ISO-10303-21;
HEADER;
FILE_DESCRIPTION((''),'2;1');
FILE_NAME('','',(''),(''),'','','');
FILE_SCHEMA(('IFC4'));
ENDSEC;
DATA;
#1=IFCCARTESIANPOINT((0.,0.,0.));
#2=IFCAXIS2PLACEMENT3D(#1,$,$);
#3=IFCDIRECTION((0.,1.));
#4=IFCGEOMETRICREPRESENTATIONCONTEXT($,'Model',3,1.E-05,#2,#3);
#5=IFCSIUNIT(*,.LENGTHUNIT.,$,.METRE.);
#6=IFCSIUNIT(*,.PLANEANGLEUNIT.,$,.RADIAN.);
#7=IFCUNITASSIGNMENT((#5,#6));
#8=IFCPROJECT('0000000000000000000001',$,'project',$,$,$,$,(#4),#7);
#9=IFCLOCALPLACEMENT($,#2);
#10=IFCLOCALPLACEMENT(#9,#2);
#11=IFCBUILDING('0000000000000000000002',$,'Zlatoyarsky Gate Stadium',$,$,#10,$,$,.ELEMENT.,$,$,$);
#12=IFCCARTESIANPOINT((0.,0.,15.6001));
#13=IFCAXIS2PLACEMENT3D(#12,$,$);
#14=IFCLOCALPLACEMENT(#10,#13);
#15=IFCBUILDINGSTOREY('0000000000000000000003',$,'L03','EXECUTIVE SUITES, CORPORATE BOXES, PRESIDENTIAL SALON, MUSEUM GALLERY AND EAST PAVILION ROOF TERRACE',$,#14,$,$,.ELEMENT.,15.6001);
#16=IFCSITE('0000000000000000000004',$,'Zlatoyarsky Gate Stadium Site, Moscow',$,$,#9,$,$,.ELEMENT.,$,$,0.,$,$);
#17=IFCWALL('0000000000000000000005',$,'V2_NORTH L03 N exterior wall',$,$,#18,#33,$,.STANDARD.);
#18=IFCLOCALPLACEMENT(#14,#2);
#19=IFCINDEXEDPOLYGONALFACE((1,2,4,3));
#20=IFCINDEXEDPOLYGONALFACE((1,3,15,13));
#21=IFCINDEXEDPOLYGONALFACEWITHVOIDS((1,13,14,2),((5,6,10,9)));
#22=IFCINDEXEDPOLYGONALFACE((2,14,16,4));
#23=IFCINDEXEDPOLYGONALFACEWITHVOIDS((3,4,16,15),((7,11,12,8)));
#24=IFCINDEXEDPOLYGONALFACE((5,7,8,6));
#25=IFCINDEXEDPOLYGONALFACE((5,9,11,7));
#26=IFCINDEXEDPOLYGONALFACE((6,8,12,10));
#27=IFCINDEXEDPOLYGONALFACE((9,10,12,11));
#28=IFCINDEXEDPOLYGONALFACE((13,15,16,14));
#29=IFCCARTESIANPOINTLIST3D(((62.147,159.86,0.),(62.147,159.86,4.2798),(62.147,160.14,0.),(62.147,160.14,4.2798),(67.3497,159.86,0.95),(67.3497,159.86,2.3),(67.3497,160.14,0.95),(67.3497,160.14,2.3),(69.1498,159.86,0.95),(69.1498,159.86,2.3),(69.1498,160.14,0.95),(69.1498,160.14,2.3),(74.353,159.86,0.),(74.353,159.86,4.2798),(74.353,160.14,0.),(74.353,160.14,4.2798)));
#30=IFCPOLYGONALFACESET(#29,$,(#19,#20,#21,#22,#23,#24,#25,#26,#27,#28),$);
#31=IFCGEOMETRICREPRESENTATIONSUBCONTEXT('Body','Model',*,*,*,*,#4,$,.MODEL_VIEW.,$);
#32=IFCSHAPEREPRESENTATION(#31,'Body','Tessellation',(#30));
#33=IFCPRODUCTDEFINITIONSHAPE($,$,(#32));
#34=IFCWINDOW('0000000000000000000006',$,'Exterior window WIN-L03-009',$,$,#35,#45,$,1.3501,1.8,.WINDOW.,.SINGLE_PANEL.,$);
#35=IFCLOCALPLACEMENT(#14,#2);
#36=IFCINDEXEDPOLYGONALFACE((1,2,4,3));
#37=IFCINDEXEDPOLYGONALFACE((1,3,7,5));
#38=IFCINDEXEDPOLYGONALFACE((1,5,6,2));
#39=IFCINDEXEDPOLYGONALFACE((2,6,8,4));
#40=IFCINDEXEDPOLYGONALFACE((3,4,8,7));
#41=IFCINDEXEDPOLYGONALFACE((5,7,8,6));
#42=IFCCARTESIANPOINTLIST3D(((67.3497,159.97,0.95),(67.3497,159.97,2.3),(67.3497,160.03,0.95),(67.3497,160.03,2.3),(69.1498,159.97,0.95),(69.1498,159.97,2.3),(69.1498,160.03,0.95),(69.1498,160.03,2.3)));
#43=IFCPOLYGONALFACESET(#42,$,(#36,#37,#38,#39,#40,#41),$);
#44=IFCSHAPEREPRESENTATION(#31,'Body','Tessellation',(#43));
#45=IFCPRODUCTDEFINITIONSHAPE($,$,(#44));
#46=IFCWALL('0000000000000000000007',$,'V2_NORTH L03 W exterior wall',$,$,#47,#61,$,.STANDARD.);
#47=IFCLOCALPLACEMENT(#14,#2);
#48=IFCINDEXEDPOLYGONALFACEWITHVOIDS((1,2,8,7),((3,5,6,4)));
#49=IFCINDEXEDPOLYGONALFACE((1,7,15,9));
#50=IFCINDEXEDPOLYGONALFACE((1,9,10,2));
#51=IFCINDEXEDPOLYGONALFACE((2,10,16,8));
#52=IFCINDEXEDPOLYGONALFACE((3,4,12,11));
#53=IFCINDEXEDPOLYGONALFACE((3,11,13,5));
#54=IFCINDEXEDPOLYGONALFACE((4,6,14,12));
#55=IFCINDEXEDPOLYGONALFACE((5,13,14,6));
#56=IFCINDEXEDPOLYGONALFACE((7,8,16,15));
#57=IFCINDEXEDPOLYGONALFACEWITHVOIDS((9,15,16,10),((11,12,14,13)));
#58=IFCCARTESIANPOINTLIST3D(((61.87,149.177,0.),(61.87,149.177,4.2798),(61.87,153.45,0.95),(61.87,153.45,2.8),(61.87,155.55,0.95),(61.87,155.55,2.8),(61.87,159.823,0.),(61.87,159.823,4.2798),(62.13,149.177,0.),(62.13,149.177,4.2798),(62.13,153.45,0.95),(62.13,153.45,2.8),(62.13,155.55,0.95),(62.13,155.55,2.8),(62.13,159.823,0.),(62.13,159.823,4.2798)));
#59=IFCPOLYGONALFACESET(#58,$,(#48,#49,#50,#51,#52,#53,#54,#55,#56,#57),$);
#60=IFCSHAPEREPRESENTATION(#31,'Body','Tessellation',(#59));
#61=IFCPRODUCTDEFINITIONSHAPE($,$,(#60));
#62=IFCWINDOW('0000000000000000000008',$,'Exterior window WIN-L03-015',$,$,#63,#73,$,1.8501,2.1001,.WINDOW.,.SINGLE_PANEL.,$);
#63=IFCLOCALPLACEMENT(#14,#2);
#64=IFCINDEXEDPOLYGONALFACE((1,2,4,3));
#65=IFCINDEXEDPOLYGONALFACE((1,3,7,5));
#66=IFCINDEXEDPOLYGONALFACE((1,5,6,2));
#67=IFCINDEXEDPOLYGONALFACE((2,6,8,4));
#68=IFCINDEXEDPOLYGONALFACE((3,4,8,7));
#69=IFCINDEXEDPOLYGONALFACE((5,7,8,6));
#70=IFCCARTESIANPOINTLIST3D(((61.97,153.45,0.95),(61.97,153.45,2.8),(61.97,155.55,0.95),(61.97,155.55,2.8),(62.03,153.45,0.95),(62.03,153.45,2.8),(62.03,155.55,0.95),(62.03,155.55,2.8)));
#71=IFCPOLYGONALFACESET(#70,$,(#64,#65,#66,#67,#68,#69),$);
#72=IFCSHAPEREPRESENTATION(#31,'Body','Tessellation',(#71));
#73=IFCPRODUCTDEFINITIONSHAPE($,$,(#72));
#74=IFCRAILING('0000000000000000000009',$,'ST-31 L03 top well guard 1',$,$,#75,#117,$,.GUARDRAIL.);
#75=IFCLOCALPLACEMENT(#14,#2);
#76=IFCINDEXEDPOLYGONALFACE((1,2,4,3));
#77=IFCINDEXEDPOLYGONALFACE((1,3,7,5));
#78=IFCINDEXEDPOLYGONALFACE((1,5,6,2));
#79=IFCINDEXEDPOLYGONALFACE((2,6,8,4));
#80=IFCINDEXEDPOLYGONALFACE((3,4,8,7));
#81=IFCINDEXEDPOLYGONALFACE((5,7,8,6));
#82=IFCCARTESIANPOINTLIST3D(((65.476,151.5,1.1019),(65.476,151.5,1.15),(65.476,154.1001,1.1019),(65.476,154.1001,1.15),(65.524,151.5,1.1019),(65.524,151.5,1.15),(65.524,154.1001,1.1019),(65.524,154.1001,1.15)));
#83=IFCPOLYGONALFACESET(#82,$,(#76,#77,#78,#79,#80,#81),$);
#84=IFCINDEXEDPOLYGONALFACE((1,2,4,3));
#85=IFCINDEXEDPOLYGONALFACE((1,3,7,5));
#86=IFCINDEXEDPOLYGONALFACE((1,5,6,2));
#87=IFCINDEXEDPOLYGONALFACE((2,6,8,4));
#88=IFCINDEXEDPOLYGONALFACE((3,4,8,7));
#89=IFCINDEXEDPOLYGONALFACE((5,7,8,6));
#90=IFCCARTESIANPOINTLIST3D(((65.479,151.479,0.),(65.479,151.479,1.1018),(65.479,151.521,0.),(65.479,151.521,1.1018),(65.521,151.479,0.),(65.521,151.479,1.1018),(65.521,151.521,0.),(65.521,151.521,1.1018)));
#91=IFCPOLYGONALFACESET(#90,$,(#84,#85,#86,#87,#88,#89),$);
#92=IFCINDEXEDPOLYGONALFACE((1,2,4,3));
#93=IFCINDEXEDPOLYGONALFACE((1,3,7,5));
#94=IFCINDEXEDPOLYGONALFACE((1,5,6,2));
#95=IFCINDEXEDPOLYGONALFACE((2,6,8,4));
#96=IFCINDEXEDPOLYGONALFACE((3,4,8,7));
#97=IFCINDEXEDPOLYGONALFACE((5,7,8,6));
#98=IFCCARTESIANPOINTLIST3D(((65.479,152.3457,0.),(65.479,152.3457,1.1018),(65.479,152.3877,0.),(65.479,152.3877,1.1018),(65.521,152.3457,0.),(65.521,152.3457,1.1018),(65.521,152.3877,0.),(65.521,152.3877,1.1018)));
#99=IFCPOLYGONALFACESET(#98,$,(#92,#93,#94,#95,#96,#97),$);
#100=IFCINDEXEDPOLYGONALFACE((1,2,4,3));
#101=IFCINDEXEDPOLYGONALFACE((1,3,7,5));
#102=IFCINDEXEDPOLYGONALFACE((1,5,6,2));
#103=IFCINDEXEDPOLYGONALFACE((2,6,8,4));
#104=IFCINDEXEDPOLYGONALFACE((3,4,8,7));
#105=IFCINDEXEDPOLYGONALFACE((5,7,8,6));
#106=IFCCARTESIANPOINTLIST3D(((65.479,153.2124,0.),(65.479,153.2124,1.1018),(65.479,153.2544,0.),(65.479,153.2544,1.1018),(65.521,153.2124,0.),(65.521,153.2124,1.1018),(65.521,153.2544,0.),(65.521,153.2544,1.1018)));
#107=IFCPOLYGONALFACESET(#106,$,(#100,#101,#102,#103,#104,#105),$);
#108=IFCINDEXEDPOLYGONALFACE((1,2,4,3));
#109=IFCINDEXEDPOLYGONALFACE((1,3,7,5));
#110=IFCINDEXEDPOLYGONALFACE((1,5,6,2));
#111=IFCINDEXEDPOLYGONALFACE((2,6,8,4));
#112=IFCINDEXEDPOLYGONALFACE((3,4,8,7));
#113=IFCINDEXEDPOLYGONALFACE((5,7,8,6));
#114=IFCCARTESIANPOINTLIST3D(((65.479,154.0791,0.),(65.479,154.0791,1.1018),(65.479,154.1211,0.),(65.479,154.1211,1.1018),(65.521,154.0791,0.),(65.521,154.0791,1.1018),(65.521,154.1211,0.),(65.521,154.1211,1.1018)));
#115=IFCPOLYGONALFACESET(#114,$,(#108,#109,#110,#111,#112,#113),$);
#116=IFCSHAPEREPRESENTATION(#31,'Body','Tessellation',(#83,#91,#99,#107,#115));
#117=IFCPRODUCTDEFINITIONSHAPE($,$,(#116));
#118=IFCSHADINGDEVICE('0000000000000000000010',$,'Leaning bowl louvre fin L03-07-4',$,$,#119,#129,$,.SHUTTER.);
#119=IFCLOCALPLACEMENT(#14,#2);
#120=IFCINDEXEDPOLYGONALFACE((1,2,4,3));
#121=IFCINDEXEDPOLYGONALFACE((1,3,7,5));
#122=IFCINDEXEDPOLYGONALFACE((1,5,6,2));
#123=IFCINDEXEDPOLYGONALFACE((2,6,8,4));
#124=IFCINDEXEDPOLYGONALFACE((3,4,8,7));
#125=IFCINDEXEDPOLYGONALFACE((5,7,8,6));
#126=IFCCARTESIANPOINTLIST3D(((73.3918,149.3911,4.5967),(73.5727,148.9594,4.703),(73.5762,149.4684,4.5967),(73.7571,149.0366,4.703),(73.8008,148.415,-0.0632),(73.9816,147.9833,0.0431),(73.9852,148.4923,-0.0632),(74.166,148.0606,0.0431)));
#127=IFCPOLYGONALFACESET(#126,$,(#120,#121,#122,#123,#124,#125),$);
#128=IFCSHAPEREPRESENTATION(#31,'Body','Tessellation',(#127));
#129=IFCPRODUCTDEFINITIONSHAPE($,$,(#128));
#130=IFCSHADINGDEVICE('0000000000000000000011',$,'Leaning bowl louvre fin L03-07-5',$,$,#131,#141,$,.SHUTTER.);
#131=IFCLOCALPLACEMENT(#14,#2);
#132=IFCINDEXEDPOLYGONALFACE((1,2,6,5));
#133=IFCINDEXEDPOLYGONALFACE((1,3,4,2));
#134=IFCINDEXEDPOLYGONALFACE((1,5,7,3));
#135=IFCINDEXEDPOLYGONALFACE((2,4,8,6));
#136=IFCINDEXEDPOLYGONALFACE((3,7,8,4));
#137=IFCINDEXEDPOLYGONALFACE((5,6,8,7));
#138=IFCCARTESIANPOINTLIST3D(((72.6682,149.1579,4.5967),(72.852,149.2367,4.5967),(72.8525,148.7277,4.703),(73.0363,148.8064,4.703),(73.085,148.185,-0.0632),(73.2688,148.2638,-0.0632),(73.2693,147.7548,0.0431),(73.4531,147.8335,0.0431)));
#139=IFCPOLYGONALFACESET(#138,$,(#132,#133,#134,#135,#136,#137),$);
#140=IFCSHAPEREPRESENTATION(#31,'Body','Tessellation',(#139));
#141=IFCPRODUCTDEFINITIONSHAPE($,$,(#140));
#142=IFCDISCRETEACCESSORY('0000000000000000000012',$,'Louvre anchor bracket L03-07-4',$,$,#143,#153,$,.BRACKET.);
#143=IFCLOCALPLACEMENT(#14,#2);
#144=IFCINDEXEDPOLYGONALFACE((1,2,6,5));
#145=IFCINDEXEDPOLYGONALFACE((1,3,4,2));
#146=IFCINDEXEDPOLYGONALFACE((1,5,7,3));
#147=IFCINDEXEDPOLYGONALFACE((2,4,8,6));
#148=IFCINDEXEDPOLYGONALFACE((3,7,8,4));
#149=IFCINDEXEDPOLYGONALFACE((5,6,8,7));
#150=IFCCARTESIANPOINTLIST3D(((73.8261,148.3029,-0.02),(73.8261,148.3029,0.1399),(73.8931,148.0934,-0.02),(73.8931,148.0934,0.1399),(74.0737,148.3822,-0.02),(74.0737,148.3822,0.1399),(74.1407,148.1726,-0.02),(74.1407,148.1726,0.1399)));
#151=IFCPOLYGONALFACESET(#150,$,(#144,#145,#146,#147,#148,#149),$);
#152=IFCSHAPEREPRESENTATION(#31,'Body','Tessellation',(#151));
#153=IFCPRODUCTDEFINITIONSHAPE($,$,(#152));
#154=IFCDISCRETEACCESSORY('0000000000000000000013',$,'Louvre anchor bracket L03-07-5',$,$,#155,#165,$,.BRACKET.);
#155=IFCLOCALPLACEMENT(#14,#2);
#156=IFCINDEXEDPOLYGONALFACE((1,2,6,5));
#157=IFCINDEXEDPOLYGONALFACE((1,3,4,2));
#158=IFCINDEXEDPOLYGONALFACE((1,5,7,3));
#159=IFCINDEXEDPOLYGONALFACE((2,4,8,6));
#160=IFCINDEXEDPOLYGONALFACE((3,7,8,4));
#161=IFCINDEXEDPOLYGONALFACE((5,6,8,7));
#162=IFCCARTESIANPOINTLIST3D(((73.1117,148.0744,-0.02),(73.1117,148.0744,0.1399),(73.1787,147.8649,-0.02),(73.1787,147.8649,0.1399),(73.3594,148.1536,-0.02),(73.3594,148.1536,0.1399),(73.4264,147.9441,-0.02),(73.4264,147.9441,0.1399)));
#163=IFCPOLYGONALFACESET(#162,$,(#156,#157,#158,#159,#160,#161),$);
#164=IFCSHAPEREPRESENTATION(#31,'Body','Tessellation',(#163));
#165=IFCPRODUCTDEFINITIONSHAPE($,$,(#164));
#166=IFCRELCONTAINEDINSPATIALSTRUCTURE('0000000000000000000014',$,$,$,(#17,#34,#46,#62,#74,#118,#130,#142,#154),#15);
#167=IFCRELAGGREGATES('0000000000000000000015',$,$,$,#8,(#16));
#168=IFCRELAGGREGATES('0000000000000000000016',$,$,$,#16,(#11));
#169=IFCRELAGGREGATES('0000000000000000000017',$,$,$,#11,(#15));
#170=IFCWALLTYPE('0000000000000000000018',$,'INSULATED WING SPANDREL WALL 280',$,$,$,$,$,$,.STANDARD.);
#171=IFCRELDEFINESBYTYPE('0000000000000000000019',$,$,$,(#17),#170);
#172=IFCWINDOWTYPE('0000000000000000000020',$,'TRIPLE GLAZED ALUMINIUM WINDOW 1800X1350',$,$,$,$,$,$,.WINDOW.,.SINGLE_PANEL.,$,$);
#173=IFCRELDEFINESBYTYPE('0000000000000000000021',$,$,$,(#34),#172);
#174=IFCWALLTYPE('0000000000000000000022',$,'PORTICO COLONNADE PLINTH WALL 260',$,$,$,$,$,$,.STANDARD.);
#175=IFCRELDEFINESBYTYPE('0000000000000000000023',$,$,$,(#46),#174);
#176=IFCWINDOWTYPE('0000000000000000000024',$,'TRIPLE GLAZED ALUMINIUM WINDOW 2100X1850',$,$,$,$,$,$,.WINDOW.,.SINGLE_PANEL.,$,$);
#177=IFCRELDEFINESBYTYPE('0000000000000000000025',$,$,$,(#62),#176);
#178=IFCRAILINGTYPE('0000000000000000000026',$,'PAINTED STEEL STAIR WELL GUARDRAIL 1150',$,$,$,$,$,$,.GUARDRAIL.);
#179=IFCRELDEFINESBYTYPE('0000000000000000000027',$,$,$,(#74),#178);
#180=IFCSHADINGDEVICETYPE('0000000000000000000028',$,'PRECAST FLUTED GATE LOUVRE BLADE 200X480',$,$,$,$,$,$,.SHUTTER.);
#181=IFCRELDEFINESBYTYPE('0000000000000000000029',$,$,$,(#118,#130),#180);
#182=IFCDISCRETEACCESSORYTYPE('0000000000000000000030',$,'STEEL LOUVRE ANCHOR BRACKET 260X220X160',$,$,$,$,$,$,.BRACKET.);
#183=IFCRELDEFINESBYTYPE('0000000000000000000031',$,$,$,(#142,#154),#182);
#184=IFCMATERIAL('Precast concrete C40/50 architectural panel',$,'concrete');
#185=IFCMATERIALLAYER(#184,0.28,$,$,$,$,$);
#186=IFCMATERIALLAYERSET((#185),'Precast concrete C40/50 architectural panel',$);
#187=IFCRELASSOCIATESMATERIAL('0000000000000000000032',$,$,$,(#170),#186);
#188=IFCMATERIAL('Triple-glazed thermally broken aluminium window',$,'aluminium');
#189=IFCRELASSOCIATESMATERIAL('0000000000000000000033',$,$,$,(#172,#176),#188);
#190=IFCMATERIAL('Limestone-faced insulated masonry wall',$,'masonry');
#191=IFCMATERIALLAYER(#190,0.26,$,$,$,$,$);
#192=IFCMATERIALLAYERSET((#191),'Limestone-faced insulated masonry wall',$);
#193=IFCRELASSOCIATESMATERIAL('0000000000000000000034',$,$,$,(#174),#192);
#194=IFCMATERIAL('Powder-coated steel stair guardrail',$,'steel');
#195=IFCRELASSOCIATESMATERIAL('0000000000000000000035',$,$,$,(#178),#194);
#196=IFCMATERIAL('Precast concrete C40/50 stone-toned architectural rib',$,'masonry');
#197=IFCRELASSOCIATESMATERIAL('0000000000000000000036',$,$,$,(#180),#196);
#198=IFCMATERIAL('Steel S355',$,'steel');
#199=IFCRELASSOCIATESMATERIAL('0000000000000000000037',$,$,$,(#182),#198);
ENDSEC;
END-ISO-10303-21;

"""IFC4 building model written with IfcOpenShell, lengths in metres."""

from ifc_helpers import new_model, si_unit, direction, frame, frame_2d, origin, origin_2d, place, context, subcontext, project, spatial, rectangle, extrude, material, layer, layer_set, material_profile, profile_set, type_object, element, fill, save


model = new_model("IFC4")

# Units and contexts
model_context = context("Model", 3, precision=1e-05, world=origin(), true_north=direction((0.0, 1.0)))
body_context = subcontext(model_context, "Body", "Model", "MODEL_VIEW")
ifc_project = project(units=[si_unit("LENGTHUNIT", "METRE"), si_unit("PLANEANGLEUNIT", "RADIAN")], contexts=[model_context])

# Site, building, storey
site_placement = place(None, origin())
site = spatial("IfcSite", under=ifc_project, at=site_placement, Name="Zlatoyarsky Gate Stadium Site, Moscow", CompositionType="ELEMENT", RefElevation=0.0)
building_placement = place(site_placement, origin())
building = spatial("IfcBuilding", under=site, at=building_placement, Name="Zlatoyarsky Gate Stadium", CompositionType="ELEMENT")
storey_placement = place(building_placement, frame((0.0, 0.0, 15.6001)))
storey = spatial("IfcBuildingStorey", under=building, at=storey_placement, Name="L03", Description="EXECUTIVE SUITES, CORPORATE BOXES, PRESIDENTIAL SALON, MUSEUM GALLERY AND EAST PAVILION ROOF TERRACE", CompositionType="ELEMENT", Elevation=15.6001)

# Shared definitions
ifc_material_1 = material(Name="Steel S355", Category="steel")

# Walls, openings, windows
ifc_material_2 = material(Name="Precast concrete C40/50 architectural panel", Category="concrete")
ifc_layer_1 = layer(ifc_material_2, 0.28)
ifc_layer_set_1 = layer_set([ifc_layer_1], Name="Precast concrete C40/50 architectural panel")
wall_type_1 = type_object("IfcWallType", Name="INSULATED WING SPANDREL WALL 280", PredefinedType="STANDARD", material=ifc_layer_set_1)
wall_1_placement = place(storey_placement, frame((62.147, 160.0, 0.0), z_axis=(0.0, 0.0, 1.0), x_axis=(1.0, 0.0, 0.0)))
wall_1 = element("IfcWall", 1, at=wall_1_placement, inside=storey, type_object=wall_type_1, Name="V2_NORTH L03 N exterior wall", PredefinedType="STANDARD", context=body_context, shape_type="SweptSolid", body=[
    extrude(rectangle(XDim=12.2061, YDim=0.28, at=frame_2d((6.103, 0.0))), origin(), (0.0, 0.0, 1.0), 4.2798),
])
opening_1_placement = place(wall_1_placement, frame((5.2029, 0.0, 0.95)))
opening_1 = element("IfcOpeningElement", 2, at=opening_1_placement, cuts=wall_1, PredefinedType="OPENING", context=body_context, shape_type="SweptSolid", body=[
    extrude(rectangle(XDim=1.8, YDim=1.3501, at=frame_2d((0.8999, 0.675))), frame((0.0, 0.1499, 0.0), z_axis=(0.0, -1.0, 0.0), x_axis=(1.0, 0.0, 0.0)), (0.0, 0.0, 1.0), 0.3),
])
ifc_material_3 = material(Name="Triple-glazed thermally broken aluminium window", Category="aluminium")
window_type_1 = type_object("IfcWindowType", Name="TRIPLE GLAZED ALUMINIUM WINDOW 1800X1350", PartitioningType="SINGLE_PANEL", PredefinedType="WINDOW", material=ifc_material_3)
window_1_placement = place(opening_1_placement, origin())
window_1 = element("IfcWindow", 3, at=window_1_placement, inside=storey, type_object=window_type_1, Name="Exterior window WIN-L03-009", OverallHeight=1.3501, OverallWidth=1.8, PartitioningType="SINGLE_PANEL", PredefinedType="WINDOW", context=body_context, shape_type="SweptSolid", body=[
    extrude(rectangle(XDim=1.8, YDim=1.3501, at=frame_2d((0.8999, 0.675))), frame((0.0, 0.03, 0.0), z_axis=(0.0, -1.0, 0.0), x_axis=(1.0, 0.0, 0.0)), (0.0, 0.0, 1.0), 0.0601),
])
fill(opening_1, window_1)
ifc_material_4 = material(Name="Limestone-faced insulated masonry wall", Category="masonry")
ifc_layer_2 = layer(ifc_material_4, 0.26)
ifc_layer_set_2 = layer_set([ifc_layer_2], Name="Limestone-faced insulated masonry wall")
wall_type_2 = type_object("IfcWallType", Name="PORTICO COLONNADE PLINTH WALL 260", PredefinedType="STANDARD", material=ifc_layer_set_2)
wall_2_placement = place(storey_placement, frame((62.0, 149.177, 0.0), z_axis=(0.0, 0.0, 1.0), x_axis=(0.0, 1.0, 0.0)))
wall_2 = element("IfcWall", 4, at=wall_2_placement, inside=storey, type_object=wall_type_2, Name="V2_NORTH L03 W exterior wall", PredefinedType="STANDARD", context=body_context, shape_type="SweptSolid", body=[
    extrude(rectangle(XDim=10.646, YDim=0.26, at=frame_2d((5.323, 0.0))), origin(), (0.0, 0.0, 1.0), 4.2798),
])
opening_2_placement = place(wall_2_placement, frame((4.2729, 0.0, 0.95)))
opening_2 = element("IfcOpeningElement", 5, at=opening_2_placement, cuts=wall_2, PredefinedType="OPENING", context=body_context, shape_type="SweptSolid", body=[
    extrude(rectangle(XDim=2.1001, YDim=1.8501, at=frame_2d((1.05, 0.925))), frame((0.0, 0.1399, 0.0), z_axis=(0.0, -1.0, 0.0), x_axis=(1.0, 0.0, 0.0)), (0.0, 0.0, 1.0), 0.28),
])
window_type_2 = type_object("IfcWindowType", Name="TRIPLE GLAZED ALUMINIUM WINDOW 2100X1850", PartitioningType="SINGLE_PANEL", PredefinedType="WINDOW", material=ifc_material_3)
window_2_placement = place(opening_2_placement, origin())
window_2 = element("IfcWindow", 6, at=window_2_placement, inside=storey, type_object=window_type_2, Name="Exterior window WIN-L03-015", OverallHeight=1.8501, OverallWidth=2.1001, PartitioningType="SINGLE_PANEL", PredefinedType="WINDOW", context=body_context, shape_type="SweptSolid", body=[
    extrude(rectangle(XDim=2.1001, YDim=1.8501, at=frame_2d((1.05, 0.925))), frame((0.0, 0.03, 0.0), z_axis=(0.0, -1.0, 0.0), x_axis=(1.0, 0.0, 0.0)), (0.0, 0.0, 1.0), 0.0601),
])
fill(opening_2, window_2)

# Railing
ifc_material_5 = material(Name="Powder-coated steel stair guardrail", Category="steel")
railing_type_1 = type_object("IfcRailingType", Name="PAINTED STEEL STAIR WELL GUARDRAIL 1150", PredefinedType="GUARDRAIL", material=ifc_material_5)
railing_1_placement = place(storey_placement, frame((65.5, 151.5, 0.0)))
element("IfcRailing", 7, at=railing_1_placement, inside=storey, type_object=railing_type_1, Name="ST-31 L03 top well guard 1", PredefinedType="GUARDRAIL", context=body_context, shape_type="SweptSolid", body=[
    extrude(rectangle(XDim=0.0481, YDim=0.0481, at=origin_2d()), frame((0.0, 0.0, 1.126), z_axis=(0.0, 1.0, 0.0), x_axis=(-1.0, 0.0, 0.0)), (0.0, 0.0, 1.0), 2.6001),
    extrude(rectangle(XDim=0.042, YDim=0.042, at=origin_2d()), origin(), (0.0, 0.0, 1.0), 1.1018),
    extrude(rectangle(XDim=0.042, YDim=0.042, at=origin_2d()), frame((0.0, 0.8667, 0.0)), (0.0, 0.0, 1.0), 1.1018),
    extrude(rectangle(XDim=0.042, YDim=0.042, at=origin_2d()), frame((0.0, 1.7334, 0.0)), (0.0, 0.0, 1.0), 1.1018),
    extrude(rectangle(XDim=0.042, YDim=0.042, at=origin_2d()), frame((0.0, 2.6001, 0.0)), (0.0, 0.0, 1.0), 1.1018),
])

# Shading devices
ifc_material_6 = material(Name="Precast concrete C40/50 stone-toned architectural rib", Category="masonry")
ifc_material_profile_1 = material_profile(ifc_material_6, rectangle(XDim=0.2, YDim=0.48, at=origin_2d()), Name="RIB 200X480")
ifc_profile_set_1 = profile_set([ifc_material_profile_1], Name="Precast concrete C40/50 stone-toned architectural rib")
shading_device_type = type_object("IfcShadingDeviceType", Name="PRECAST FLUTED GATE LOUVRE BLADE 200X480", PredefinedType="SHUTTER", material=ifc_profile_set_1)
for number, where, z_axis, x_axis, name in (
    (8, (73.9834, 148.2378, -0.01), (-0.085577, 0.204261, 0.975169), (-0.922324, -0.386417, 0.0), "Leaning bowl louvre fin L03-07-4"),
    (9, (73.269, 148.0093, -0.01), (-0.087211, 0.203595, 0.975163), (-0.919217, -0.393752, 0.0), "Leaning bowl louvre fin L03-07-5"),
):
    element("IfcShadingDevice", number, at=place(storey_placement, frame(where, z_axis=z_axis, x_axis=x_axis)), inside=storey, type_object=shading_device_type, Name=name, PredefinedType="SHUTTER", context=body_context, shape_type="SweptSolid", body=[
        extrude(rectangle(XDim=0.2, YDim=0.48, at=origin_2d()), origin(), (0.0, 0.0, 1.0), 4.7786),
    ])

# Discrete accessories
discrete_accessory_type = type_object("IfcDiscreteAccessoryType", Name="STEEL LOUVRE ANCHOR BRACKET 260X220X160", PredefinedType="BRACKET", material=ifc_material_1)
for number, where, z_axis, x_axis, name in (
    (10, (73.9834, 148.2378, -0.02), (0.0, 0.0, 1.0), (-0.952451, -0.304691, 0.0), "Louvre anchor bracket L03-07-4"),
    (11, (73.269, 148.0093, -0.02), (0.0, 0.0, 1.0), (-0.952451, -0.304691, 0.0), "Louvre anchor bracket L03-07-5"),
):
    element("IfcDiscreteAccessory", number, at=place(storey_placement, frame(where, z_axis=z_axis, x_axis=x_axis)), inside=storey, type_object=discrete_accessory_type, Name=name, PredefinedType="BRACKET", context=body_context, shape_type="SweptSolid", body=[
        extrude(rectangle(XDim=0.26, YDim=0.22, at=origin_2d()), origin(), (0.0, 0.0, 1.0), 0.1599),
    ])

save(model, "model.ifc")
